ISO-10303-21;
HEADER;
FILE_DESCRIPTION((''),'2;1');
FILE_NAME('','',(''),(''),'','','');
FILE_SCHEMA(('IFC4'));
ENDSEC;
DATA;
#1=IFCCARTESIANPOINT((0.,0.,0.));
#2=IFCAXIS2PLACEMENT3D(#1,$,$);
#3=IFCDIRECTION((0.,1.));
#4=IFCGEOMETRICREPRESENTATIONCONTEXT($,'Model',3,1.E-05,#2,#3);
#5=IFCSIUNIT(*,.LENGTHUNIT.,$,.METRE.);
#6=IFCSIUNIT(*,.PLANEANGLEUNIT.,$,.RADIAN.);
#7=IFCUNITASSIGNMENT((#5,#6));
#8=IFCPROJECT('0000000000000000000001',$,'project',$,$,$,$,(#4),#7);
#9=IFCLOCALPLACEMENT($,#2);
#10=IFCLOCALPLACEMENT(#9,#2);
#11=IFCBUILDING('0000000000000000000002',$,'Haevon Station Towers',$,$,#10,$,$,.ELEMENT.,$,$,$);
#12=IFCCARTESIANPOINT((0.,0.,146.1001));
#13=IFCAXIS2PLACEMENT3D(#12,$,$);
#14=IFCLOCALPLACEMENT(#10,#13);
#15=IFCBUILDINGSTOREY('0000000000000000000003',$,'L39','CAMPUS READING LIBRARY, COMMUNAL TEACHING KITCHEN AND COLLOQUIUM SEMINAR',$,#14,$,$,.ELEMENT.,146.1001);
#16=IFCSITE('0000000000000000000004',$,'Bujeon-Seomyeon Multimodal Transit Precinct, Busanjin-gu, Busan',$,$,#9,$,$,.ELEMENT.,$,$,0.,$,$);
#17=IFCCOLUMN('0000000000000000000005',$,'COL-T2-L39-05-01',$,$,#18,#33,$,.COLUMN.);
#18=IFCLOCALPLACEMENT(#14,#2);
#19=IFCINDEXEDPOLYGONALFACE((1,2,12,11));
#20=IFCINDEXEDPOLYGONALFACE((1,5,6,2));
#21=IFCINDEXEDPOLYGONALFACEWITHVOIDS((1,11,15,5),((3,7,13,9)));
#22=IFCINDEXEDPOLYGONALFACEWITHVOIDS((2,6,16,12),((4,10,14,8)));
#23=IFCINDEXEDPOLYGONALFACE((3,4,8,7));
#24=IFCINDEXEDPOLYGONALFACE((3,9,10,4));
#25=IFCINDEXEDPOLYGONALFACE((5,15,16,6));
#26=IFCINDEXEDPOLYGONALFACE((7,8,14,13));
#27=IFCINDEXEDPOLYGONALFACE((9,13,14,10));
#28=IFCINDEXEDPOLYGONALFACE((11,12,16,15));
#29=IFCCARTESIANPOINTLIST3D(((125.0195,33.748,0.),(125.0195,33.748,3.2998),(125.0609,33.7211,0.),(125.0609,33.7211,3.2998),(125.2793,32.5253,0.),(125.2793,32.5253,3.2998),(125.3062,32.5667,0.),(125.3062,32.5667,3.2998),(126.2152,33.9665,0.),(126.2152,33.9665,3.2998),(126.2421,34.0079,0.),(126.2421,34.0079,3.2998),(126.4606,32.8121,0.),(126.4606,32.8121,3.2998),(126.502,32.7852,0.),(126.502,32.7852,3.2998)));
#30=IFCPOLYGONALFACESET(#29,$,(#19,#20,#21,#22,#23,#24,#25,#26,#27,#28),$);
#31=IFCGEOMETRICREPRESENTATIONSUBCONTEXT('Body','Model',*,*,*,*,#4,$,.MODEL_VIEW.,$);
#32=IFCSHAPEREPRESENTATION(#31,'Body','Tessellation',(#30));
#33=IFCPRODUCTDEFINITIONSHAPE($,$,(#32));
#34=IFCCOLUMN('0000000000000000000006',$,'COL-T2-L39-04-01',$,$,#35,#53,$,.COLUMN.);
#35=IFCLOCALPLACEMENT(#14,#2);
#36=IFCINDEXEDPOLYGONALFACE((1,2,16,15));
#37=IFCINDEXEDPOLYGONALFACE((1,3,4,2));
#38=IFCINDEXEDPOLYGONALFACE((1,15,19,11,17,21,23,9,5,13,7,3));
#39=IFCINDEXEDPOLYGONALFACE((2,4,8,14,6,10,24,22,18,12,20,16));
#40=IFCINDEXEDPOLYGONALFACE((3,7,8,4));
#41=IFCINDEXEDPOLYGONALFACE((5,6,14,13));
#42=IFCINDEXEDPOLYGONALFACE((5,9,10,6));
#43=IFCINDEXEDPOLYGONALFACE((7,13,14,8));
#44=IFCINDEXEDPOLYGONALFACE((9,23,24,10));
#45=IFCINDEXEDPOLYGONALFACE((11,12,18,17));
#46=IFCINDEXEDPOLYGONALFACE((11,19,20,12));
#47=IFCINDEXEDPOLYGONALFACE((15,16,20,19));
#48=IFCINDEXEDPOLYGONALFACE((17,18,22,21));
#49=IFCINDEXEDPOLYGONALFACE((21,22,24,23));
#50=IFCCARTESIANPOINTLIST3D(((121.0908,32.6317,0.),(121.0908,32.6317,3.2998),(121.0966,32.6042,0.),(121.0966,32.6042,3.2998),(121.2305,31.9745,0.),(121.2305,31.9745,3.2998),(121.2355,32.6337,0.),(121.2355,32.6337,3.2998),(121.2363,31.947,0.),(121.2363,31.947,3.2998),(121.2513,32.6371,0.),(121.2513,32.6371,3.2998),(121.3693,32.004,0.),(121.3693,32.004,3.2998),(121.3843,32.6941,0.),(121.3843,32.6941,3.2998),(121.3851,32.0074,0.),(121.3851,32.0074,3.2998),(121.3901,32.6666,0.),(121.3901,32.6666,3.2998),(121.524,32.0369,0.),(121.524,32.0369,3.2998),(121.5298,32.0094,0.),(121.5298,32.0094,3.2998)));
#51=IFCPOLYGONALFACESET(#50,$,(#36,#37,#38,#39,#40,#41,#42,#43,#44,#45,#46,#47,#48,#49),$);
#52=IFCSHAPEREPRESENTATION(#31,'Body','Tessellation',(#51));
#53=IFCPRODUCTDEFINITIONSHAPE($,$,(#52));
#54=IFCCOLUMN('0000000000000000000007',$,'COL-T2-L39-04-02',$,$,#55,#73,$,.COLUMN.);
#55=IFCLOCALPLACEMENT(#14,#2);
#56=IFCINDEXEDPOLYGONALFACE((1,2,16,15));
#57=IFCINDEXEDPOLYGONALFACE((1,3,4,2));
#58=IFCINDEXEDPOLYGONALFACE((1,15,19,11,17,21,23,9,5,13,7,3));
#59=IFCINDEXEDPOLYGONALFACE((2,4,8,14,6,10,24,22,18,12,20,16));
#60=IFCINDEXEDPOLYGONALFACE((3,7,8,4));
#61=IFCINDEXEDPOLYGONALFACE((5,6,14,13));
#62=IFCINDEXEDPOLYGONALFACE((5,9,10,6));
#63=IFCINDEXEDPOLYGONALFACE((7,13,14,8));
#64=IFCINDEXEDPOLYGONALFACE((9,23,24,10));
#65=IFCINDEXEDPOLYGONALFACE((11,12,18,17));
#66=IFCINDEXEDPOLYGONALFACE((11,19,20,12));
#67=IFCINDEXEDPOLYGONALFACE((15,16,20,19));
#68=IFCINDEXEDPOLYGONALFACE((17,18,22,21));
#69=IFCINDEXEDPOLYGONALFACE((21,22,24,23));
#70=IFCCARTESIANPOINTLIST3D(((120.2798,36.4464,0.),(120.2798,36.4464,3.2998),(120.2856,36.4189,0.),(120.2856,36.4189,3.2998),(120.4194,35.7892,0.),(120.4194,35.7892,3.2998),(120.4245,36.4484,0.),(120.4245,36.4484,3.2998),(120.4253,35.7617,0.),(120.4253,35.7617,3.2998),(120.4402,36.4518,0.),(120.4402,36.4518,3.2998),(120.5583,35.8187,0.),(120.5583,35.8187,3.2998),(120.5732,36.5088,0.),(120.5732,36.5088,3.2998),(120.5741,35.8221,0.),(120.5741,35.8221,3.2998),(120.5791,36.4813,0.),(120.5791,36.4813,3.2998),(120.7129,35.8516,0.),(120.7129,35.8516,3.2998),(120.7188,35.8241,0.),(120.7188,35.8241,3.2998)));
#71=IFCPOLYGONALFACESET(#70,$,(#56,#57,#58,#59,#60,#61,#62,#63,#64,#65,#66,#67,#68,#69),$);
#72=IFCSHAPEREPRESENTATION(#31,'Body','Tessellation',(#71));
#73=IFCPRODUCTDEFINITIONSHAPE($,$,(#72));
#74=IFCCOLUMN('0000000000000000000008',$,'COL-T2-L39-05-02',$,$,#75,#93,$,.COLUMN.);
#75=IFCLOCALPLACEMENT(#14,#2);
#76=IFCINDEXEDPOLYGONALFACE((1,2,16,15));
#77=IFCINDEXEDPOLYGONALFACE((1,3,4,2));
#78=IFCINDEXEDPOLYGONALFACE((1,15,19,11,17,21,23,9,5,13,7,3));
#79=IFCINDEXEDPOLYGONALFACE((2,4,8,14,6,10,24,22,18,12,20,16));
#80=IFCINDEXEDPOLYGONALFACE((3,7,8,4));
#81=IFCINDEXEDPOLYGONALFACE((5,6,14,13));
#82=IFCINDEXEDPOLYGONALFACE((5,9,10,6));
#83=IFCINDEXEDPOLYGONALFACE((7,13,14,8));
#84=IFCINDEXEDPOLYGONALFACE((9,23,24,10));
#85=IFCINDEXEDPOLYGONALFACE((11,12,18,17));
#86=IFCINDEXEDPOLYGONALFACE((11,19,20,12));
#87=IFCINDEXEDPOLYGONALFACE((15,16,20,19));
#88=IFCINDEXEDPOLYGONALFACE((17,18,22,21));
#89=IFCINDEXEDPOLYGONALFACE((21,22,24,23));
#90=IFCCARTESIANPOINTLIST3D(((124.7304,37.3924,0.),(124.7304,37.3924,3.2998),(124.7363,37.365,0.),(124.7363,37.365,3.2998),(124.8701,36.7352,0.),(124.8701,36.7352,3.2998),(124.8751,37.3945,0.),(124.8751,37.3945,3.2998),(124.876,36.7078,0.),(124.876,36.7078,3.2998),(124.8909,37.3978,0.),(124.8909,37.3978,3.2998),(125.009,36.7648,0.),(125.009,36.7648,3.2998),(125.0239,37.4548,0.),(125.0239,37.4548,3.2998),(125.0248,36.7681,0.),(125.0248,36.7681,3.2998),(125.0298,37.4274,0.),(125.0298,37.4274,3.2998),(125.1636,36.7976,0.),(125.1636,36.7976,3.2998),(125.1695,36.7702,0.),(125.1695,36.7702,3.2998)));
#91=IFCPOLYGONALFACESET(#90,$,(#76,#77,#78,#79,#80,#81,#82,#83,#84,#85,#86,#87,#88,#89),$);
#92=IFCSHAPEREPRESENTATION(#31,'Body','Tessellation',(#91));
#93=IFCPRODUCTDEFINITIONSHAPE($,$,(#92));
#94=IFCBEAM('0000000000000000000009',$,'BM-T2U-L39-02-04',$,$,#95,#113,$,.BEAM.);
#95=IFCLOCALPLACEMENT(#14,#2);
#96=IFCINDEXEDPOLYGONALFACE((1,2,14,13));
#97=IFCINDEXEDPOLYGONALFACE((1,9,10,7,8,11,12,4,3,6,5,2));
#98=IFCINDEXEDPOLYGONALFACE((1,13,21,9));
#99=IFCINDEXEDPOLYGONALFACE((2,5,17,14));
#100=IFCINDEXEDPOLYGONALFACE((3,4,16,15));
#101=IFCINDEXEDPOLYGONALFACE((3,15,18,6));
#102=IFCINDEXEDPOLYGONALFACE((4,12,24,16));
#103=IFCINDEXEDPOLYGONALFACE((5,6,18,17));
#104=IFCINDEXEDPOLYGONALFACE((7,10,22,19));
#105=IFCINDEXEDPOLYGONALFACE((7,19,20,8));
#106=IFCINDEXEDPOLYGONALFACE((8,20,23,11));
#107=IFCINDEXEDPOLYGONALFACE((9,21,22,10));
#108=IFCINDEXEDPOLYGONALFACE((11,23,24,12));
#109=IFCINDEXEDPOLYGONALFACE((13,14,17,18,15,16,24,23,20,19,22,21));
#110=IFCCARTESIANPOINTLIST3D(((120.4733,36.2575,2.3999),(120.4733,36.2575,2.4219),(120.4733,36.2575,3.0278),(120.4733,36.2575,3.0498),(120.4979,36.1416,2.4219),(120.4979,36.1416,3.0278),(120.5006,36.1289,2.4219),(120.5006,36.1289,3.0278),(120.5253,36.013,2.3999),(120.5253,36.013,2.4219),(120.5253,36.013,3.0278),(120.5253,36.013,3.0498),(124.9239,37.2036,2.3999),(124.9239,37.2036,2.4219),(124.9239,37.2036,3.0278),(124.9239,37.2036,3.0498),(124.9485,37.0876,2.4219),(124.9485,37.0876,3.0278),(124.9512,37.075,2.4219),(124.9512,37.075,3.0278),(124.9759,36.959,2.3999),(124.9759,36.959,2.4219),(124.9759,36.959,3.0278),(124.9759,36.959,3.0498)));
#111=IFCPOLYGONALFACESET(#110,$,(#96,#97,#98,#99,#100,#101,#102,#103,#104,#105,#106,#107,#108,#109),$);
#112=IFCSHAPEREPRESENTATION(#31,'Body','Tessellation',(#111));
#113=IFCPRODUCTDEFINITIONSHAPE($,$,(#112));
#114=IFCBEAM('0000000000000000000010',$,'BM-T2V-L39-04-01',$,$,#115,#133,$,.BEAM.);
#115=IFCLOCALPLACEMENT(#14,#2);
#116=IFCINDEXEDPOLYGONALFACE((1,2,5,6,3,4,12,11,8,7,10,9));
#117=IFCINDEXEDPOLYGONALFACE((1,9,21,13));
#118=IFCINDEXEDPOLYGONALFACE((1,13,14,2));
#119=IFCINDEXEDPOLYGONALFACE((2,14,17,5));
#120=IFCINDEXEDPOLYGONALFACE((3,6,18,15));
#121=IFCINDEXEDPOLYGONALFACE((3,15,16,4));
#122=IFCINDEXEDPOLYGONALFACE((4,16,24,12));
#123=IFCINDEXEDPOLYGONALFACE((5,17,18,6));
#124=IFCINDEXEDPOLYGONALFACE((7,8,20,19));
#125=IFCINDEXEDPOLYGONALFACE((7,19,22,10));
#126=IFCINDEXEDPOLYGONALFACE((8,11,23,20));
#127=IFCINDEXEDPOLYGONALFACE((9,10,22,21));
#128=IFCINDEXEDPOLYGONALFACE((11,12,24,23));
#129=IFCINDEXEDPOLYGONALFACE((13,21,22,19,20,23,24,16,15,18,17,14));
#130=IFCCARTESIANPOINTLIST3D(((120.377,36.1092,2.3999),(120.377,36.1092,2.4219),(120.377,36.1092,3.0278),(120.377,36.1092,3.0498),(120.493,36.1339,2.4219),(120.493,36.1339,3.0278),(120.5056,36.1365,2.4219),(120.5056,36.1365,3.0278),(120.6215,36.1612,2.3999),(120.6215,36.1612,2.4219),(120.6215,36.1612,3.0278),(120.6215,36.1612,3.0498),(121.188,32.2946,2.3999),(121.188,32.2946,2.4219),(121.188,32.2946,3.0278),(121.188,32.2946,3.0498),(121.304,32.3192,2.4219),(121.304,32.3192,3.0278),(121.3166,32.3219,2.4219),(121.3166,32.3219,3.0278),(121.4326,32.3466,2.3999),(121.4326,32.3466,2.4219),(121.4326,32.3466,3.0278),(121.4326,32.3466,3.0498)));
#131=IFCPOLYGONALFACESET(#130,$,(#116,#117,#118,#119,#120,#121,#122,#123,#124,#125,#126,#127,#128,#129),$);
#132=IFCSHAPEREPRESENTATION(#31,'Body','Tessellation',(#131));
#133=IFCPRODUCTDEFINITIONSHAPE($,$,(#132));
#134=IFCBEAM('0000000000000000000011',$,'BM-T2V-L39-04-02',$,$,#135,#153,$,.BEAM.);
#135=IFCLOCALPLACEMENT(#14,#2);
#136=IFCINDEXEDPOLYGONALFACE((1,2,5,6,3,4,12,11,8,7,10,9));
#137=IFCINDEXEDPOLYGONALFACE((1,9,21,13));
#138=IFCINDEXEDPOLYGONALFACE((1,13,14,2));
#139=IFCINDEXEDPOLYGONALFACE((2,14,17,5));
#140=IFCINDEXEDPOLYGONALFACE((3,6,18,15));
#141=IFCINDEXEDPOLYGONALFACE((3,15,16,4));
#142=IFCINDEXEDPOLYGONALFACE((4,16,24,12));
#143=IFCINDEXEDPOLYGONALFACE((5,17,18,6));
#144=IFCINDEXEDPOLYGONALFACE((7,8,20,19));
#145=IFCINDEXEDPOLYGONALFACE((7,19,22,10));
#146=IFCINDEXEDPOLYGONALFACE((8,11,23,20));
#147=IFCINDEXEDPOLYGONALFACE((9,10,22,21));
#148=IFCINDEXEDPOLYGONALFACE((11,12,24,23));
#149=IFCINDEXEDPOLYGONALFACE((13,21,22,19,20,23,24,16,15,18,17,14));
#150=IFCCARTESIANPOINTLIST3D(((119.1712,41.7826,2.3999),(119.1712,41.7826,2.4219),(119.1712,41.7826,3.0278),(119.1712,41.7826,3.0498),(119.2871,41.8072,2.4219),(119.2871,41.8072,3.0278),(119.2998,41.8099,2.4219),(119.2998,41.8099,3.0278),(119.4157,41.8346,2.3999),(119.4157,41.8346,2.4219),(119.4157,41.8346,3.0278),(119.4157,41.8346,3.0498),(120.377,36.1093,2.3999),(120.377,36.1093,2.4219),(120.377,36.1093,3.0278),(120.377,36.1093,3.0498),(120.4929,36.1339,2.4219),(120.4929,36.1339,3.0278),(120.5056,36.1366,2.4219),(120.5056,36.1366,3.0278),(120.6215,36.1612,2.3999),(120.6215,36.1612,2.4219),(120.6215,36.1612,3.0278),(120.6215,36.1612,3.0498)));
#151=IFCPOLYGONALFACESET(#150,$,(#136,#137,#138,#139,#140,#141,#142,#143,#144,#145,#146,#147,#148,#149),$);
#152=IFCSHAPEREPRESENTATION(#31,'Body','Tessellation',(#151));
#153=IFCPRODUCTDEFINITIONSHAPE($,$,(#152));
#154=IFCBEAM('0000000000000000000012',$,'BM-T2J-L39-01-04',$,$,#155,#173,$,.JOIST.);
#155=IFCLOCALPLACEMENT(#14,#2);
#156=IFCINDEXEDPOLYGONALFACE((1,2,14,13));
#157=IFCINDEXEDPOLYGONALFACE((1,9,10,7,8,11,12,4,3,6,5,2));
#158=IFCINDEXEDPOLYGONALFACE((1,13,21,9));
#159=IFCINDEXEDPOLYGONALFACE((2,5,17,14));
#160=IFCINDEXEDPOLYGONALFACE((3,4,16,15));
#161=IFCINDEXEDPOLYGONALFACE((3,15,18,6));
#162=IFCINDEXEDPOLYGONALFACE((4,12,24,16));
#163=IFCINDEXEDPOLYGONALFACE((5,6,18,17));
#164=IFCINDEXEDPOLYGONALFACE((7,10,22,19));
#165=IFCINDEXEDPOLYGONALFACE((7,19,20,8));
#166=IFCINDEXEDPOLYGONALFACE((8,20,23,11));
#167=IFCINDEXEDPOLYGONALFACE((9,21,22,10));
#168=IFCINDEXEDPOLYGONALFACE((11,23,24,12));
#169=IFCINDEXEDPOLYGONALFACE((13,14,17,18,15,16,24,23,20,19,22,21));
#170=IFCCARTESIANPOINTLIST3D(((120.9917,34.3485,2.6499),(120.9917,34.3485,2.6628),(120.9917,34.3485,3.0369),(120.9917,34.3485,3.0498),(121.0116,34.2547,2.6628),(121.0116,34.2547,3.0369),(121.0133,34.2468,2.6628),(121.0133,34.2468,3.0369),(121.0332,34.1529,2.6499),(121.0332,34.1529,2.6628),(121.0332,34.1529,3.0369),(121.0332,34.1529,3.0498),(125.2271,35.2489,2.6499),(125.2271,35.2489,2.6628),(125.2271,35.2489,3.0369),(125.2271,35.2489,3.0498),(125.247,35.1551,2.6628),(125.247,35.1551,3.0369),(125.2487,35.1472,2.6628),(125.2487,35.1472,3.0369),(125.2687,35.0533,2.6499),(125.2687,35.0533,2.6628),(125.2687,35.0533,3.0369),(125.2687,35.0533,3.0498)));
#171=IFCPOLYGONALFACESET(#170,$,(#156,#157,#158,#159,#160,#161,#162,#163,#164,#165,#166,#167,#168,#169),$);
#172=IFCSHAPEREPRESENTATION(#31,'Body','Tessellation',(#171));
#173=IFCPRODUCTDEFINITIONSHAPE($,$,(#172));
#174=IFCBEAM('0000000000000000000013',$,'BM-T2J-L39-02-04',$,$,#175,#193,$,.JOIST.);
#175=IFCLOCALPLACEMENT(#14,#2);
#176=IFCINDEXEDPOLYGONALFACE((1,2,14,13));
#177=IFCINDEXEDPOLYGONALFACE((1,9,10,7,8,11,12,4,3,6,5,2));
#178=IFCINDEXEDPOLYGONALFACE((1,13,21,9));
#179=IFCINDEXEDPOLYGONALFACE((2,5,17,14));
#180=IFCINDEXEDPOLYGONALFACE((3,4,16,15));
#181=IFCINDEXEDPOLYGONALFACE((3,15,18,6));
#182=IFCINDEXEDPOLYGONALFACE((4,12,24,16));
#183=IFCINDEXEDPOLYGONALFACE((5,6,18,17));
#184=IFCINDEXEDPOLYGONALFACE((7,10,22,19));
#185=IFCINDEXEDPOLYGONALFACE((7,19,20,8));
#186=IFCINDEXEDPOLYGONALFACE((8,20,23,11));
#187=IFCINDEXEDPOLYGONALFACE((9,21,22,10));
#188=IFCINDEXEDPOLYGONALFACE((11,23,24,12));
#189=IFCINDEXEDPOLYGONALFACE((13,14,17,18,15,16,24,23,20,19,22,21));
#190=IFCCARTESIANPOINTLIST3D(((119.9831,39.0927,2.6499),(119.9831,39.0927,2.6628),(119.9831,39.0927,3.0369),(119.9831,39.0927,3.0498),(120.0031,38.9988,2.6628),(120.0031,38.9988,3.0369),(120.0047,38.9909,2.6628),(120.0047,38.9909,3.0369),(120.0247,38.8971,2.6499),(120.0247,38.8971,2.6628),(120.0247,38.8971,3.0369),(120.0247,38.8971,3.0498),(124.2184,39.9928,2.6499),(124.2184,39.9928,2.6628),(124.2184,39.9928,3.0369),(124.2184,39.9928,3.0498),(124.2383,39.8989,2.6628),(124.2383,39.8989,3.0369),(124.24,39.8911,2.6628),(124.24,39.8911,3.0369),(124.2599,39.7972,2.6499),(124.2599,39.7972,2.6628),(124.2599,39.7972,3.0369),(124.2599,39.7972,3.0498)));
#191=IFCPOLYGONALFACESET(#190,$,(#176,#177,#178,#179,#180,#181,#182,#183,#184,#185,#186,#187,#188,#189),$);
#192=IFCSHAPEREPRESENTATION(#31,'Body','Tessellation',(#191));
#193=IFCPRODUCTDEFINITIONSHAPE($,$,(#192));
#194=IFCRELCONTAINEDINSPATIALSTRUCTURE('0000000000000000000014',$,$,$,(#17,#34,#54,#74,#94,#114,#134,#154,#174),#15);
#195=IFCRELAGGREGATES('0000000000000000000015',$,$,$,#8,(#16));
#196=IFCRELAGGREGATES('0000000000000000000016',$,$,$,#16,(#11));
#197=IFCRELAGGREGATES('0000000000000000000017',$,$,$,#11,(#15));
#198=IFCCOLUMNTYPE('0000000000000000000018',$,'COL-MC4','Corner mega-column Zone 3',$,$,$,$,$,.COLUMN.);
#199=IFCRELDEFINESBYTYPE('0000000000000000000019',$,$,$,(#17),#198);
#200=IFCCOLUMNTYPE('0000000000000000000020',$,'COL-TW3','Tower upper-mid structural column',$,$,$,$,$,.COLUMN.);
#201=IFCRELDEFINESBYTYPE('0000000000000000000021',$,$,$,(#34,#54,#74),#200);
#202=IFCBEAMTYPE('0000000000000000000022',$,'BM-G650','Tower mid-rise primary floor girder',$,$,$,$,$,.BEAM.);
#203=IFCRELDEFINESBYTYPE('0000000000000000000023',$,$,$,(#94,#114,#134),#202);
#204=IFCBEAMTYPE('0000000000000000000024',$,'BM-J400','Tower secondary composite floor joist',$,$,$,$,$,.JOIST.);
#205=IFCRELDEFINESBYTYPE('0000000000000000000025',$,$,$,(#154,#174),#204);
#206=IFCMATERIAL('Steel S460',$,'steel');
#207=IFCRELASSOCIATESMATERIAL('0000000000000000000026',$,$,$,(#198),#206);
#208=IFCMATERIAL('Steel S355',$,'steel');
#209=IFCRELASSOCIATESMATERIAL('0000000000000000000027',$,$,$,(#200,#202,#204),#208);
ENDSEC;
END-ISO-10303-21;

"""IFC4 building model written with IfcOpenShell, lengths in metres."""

from ifc_helpers import new_model, si_unit, direction, frame, origin, origin_2d, place, context, subcontext, project, spatial, hollow_rectangle, i_section, extrude, material, material_profile, profile_set, type_object, element, save


model = new_model("IFC4")

# Units and contexts
model_context = context("Model", 3, precision=1e-05, world=origin(), true_north=direction((0.0, 1.0)))
body_context = subcontext(model_context, "Body", "Model", "MODEL_VIEW")
ifc_project = project(units=[si_unit("LENGTHUNIT", "METRE"), si_unit("PLANEANGLEUNIT", "RADIAN")], contexts=[model_context])

# Site, building, storey
site_placement = place(None, origin())
site = spatial("IfcSite", under=ifc_project, at=site_placement, Name="Bujeon-Seomyeon Multimodal Transit Precinct, Busanjin-gu, Busan", CompositionType="ELEMENT", RefElevation=0.0)
building_placement = place(site_placement, origin())
building = spatial("IfcBuilding", under=site, at=building_placement, Name="Haevon Station Towers", CompositionType="ELEMENT")
storey_placement = place(building_placement, frame((0.0, 0.0, 146.1001)))
storey = spatial("IfcBuildingStorey", under=building, at=storey_placement, Name="L39", Description="CAMPUS READING LIBRARY, COMMUNAL TEACHING KITCHEN AND COLLOQUIUM SEMINAR", CompositionType="ELEMENT", Elevation=146.1001)

# Columns
ifc_material_1 = material(Name="Steel S460", Category="steel")
ifc_material_profile_1 = material_profile(ifc_material_1, hollow_rectangle(XDim=1.25, YDim=1.25, WallThickness=0.0349, at=origin_2d()), Name="BOX-1250x1250x35")
ifc_profile_set_1 = profile_set([ifc_material_profile_1], Name="Steel S460")
column_type_1 = type_object("IfcColumnType", Name="COL-MC4", Description="Corner mega-column Zone 3", PredefinedType="COLUMN", material=ifc_profile_set_1)
column_placement = place(storey_placement, frame((125.7607, 33.2666, 0.0), z_axis=(0.0, 0.0, 1.0), x_axis=(0.978148, 0.207912, 0.0)))
element("IfcColumn", 1, at=column_placement, inside=storey, type_object=column_type_1, Name="COL-T2-L39-05-01", PredefinedType="COLUMN", context=body_context, shape_type="SweptSolid", body=[
    extrude(hollow_rectangle(XDim=1.25, YDim=1.25, WallThickness=0.0349, at=origin_2d()), origin(), (0.0, 0.0, 1.0), 3.2998),
])
ifc_material_2 = material(Name="Steel S355", Category="steel")
ifc_material_profile_2 = material_profile(ifc_material_2, i_section(OverallWidth=0.3, OverallDepth=0.7, WebThickness=0.0161, FlangeThickness=0.0281, at=origin_2d()), Name="H-700x300x16x28")
ifc_profile_set_2 = profile_set([ifc_material_profile_2], Name="Steel S355")
column_type_2 = type_object("IfcColumnType", Name="COL-TW3", Description="Tower upper-mid structural column", PredefinedType="COLUMN", material=ifc_profile_set_2)
for number, where, z_axis, x_axis, name in (
    (2, (121.3103, 32.3206, 0.0), (0.0, 0.0, 1.0), (0.978148, 0.207912, 0.0), "COL-T2-L39-04-01"),
    (3, (120.4993, 36.1353, 0.0), (0.0, 0.0, 1.0), (0.978148, 0.207912, 0.0), "COL-T2-L39-04-02"),
    (4, (124.95, 37.0813, 0.0), (0.0, 0.0, 1.0), (0.978148, 0.207912, 0.0), "COL-T2-L39-05-02"),
):
    element("IfcColumn", number, at=place(storey_placement, frame(where, z_axis=z_axis, x_axis=x_axis)), inside=storey, type_object=column_type_2, Name=name, PredefinedType="COLUMN", context=body_context, shape_type="SweptSolid", body=[
        extrude(i_section(OverallWidth=0.3, OverallDepth=0.7, WebThickness=0.0161, FlangeThickness=0.0281, at=origin_2d()), origin(), (0.0, 0.0, 1.0), 3.2998),
    ])

# Beams
ifc_material_profile_3 = material_profile(ifc_material_2, i_section(OverallWidth=0.25, OverallDepth=0.6499, WebThickness=0.0129, FlangeThickness=0.022, at=origin_2d()), Name="H-650x250x13x22")
ifc_profile_set_3 = profile_set([ifc_material_profile_3], Name="Steel S355")
beam_type_1 = type_object("IfcBeamType", Name="BM-G650", Description="Tower mid-rise primary floor girder", PredefinedType="BEAM", material=ifc_profile_set_3)
beam_1_placement = place(storey_placement, frame((120.4993, 36.1353, 2.7249), z_axis=(0.978147, 0.207917, 0.0), x_axis=(-0.207917, 0.978147, 0.0)))
element("IfcBeam", 5, at=beam_1_placement, inside=storey, type_object=beam_type_1, Name="BM-T2U-L39-02-04", PredefinedType="BEAM", context=body_context, shape_type="SweptSolid", body=[
    extrude(i_section(OverallWidth=0.25, OverallDepth=0.6499, WebThickness=0.0129, FlangeThickness=0.022, at=origin_2d()), origin(), (0.0, 0.0, 1.0), 4.55),
])
beam_2_placement = place(storey_placement, frame((121.3103, 32.3206, 2.7249), z_axis=(-0.20796, 0.978137, 0.0), x_axis=(-0.978137, -0.20796, 0.0)))
element("IfcBeam", 6, at=beam_2_placement, inside=storey, type_object=beam_type_1, Name="BM-T2V-L39-04-01", PredefinedType="BEAM", context=body_context, shape_type="SweptSolid", body=[
    extrude(i_section(OverallWidth=0.25, OverallDepth=0.6499, WebThickness=0.0129, FlangeThickness=0.022, at=origin_2d()), origin(), (0.0, 0.0, 1.0), 3.8999),
])
beam_3_placement = place(storey_placement, frame((120.4993, 36.1353, 2.7249), z_axis=(-0.207896, 0.978151, 0.0), x_axis=(-0.978151, -0.207896, 0.0)))
element("IfcBeam", 7, at=beam_3_placement, inside=storey, type_object=beam_type_1, Name="BM-T2V-L39-04-02", PredefinedType="BEAM", context=body_context, shape_type="SweptSolid", body=[
    extrude(i_section(OverallWidth=0.25, OverallDepth=0.6499, WebThickness=0.0129, FlangeThickness=0.022, at=origin_2d()), origin(), (0.0, 0.0, 1.0), 5.8),
])
ifc_material_profile_4 = material_profile(ifc_material_2, i_section(OverallWidth=0.2, OverallDepth=0.3999, WebThickness=0.0081, FlangeThickness=0.0129, at=origin_2d()), Name="H-400x200x8x13")
ifc_profile_set_4 = profile_set([ifc_material_profile_4], Name="Steel S355")
beam_type_2 = type_object("IfcBeamType", Name="BM-J400", Description="Tower secondary composite floor joist", PredefinedType="JOIST", material=ifc_profile_set_4)
beam_4_placement = place(storey_placement, frame((121.0125, 34.2507, 2.8499), z_axis=(0.978141, 0.207942, 0.0), x_axis=(-0.207942, 0.978141, 0.0)))
element("IfcBeam", 8, at=beam_4_placement, inside=storey, type_object=beam_type_2, Name="BM-T2J-L39-01-04", PredefinedType="JOIST", context=body_context, shape_type="SweptSolid", body=[
    extrude(i_section(OverallWidth=0.2, OverallDepth=0.3999, WebThickness=0.0081, FlangeThickness=0.0129, at=origin_2d()), origin(), (0.0, 0.0, 1.0), 4.3301),
])
beam_5_placement = place(storey_placement, frame((120.0039, 38.9949, 2.8499), z_axis=(0.978153, 0.207888, 0.0), x_axis=(-0.207888, 0.978153, 0.0)))
element("IfcBeam", 9, at=beam_5_placement, inside=storey, type_object=beam_type_2, Name="BM-T2J-L39-02-04", PredefinedType="JOIST", context=body_context, shape_type="SweptSolid", body=[
    extrude(i_section(OverallWidth=0.2, OverallDepth=0.3999, WebThickness=0.0081, FlangeThickness=0.0129, at=origin_2d()), origin(), (0.0, 0.0, 1.0), 4.3298),
])

save(model, "model.ifc")
